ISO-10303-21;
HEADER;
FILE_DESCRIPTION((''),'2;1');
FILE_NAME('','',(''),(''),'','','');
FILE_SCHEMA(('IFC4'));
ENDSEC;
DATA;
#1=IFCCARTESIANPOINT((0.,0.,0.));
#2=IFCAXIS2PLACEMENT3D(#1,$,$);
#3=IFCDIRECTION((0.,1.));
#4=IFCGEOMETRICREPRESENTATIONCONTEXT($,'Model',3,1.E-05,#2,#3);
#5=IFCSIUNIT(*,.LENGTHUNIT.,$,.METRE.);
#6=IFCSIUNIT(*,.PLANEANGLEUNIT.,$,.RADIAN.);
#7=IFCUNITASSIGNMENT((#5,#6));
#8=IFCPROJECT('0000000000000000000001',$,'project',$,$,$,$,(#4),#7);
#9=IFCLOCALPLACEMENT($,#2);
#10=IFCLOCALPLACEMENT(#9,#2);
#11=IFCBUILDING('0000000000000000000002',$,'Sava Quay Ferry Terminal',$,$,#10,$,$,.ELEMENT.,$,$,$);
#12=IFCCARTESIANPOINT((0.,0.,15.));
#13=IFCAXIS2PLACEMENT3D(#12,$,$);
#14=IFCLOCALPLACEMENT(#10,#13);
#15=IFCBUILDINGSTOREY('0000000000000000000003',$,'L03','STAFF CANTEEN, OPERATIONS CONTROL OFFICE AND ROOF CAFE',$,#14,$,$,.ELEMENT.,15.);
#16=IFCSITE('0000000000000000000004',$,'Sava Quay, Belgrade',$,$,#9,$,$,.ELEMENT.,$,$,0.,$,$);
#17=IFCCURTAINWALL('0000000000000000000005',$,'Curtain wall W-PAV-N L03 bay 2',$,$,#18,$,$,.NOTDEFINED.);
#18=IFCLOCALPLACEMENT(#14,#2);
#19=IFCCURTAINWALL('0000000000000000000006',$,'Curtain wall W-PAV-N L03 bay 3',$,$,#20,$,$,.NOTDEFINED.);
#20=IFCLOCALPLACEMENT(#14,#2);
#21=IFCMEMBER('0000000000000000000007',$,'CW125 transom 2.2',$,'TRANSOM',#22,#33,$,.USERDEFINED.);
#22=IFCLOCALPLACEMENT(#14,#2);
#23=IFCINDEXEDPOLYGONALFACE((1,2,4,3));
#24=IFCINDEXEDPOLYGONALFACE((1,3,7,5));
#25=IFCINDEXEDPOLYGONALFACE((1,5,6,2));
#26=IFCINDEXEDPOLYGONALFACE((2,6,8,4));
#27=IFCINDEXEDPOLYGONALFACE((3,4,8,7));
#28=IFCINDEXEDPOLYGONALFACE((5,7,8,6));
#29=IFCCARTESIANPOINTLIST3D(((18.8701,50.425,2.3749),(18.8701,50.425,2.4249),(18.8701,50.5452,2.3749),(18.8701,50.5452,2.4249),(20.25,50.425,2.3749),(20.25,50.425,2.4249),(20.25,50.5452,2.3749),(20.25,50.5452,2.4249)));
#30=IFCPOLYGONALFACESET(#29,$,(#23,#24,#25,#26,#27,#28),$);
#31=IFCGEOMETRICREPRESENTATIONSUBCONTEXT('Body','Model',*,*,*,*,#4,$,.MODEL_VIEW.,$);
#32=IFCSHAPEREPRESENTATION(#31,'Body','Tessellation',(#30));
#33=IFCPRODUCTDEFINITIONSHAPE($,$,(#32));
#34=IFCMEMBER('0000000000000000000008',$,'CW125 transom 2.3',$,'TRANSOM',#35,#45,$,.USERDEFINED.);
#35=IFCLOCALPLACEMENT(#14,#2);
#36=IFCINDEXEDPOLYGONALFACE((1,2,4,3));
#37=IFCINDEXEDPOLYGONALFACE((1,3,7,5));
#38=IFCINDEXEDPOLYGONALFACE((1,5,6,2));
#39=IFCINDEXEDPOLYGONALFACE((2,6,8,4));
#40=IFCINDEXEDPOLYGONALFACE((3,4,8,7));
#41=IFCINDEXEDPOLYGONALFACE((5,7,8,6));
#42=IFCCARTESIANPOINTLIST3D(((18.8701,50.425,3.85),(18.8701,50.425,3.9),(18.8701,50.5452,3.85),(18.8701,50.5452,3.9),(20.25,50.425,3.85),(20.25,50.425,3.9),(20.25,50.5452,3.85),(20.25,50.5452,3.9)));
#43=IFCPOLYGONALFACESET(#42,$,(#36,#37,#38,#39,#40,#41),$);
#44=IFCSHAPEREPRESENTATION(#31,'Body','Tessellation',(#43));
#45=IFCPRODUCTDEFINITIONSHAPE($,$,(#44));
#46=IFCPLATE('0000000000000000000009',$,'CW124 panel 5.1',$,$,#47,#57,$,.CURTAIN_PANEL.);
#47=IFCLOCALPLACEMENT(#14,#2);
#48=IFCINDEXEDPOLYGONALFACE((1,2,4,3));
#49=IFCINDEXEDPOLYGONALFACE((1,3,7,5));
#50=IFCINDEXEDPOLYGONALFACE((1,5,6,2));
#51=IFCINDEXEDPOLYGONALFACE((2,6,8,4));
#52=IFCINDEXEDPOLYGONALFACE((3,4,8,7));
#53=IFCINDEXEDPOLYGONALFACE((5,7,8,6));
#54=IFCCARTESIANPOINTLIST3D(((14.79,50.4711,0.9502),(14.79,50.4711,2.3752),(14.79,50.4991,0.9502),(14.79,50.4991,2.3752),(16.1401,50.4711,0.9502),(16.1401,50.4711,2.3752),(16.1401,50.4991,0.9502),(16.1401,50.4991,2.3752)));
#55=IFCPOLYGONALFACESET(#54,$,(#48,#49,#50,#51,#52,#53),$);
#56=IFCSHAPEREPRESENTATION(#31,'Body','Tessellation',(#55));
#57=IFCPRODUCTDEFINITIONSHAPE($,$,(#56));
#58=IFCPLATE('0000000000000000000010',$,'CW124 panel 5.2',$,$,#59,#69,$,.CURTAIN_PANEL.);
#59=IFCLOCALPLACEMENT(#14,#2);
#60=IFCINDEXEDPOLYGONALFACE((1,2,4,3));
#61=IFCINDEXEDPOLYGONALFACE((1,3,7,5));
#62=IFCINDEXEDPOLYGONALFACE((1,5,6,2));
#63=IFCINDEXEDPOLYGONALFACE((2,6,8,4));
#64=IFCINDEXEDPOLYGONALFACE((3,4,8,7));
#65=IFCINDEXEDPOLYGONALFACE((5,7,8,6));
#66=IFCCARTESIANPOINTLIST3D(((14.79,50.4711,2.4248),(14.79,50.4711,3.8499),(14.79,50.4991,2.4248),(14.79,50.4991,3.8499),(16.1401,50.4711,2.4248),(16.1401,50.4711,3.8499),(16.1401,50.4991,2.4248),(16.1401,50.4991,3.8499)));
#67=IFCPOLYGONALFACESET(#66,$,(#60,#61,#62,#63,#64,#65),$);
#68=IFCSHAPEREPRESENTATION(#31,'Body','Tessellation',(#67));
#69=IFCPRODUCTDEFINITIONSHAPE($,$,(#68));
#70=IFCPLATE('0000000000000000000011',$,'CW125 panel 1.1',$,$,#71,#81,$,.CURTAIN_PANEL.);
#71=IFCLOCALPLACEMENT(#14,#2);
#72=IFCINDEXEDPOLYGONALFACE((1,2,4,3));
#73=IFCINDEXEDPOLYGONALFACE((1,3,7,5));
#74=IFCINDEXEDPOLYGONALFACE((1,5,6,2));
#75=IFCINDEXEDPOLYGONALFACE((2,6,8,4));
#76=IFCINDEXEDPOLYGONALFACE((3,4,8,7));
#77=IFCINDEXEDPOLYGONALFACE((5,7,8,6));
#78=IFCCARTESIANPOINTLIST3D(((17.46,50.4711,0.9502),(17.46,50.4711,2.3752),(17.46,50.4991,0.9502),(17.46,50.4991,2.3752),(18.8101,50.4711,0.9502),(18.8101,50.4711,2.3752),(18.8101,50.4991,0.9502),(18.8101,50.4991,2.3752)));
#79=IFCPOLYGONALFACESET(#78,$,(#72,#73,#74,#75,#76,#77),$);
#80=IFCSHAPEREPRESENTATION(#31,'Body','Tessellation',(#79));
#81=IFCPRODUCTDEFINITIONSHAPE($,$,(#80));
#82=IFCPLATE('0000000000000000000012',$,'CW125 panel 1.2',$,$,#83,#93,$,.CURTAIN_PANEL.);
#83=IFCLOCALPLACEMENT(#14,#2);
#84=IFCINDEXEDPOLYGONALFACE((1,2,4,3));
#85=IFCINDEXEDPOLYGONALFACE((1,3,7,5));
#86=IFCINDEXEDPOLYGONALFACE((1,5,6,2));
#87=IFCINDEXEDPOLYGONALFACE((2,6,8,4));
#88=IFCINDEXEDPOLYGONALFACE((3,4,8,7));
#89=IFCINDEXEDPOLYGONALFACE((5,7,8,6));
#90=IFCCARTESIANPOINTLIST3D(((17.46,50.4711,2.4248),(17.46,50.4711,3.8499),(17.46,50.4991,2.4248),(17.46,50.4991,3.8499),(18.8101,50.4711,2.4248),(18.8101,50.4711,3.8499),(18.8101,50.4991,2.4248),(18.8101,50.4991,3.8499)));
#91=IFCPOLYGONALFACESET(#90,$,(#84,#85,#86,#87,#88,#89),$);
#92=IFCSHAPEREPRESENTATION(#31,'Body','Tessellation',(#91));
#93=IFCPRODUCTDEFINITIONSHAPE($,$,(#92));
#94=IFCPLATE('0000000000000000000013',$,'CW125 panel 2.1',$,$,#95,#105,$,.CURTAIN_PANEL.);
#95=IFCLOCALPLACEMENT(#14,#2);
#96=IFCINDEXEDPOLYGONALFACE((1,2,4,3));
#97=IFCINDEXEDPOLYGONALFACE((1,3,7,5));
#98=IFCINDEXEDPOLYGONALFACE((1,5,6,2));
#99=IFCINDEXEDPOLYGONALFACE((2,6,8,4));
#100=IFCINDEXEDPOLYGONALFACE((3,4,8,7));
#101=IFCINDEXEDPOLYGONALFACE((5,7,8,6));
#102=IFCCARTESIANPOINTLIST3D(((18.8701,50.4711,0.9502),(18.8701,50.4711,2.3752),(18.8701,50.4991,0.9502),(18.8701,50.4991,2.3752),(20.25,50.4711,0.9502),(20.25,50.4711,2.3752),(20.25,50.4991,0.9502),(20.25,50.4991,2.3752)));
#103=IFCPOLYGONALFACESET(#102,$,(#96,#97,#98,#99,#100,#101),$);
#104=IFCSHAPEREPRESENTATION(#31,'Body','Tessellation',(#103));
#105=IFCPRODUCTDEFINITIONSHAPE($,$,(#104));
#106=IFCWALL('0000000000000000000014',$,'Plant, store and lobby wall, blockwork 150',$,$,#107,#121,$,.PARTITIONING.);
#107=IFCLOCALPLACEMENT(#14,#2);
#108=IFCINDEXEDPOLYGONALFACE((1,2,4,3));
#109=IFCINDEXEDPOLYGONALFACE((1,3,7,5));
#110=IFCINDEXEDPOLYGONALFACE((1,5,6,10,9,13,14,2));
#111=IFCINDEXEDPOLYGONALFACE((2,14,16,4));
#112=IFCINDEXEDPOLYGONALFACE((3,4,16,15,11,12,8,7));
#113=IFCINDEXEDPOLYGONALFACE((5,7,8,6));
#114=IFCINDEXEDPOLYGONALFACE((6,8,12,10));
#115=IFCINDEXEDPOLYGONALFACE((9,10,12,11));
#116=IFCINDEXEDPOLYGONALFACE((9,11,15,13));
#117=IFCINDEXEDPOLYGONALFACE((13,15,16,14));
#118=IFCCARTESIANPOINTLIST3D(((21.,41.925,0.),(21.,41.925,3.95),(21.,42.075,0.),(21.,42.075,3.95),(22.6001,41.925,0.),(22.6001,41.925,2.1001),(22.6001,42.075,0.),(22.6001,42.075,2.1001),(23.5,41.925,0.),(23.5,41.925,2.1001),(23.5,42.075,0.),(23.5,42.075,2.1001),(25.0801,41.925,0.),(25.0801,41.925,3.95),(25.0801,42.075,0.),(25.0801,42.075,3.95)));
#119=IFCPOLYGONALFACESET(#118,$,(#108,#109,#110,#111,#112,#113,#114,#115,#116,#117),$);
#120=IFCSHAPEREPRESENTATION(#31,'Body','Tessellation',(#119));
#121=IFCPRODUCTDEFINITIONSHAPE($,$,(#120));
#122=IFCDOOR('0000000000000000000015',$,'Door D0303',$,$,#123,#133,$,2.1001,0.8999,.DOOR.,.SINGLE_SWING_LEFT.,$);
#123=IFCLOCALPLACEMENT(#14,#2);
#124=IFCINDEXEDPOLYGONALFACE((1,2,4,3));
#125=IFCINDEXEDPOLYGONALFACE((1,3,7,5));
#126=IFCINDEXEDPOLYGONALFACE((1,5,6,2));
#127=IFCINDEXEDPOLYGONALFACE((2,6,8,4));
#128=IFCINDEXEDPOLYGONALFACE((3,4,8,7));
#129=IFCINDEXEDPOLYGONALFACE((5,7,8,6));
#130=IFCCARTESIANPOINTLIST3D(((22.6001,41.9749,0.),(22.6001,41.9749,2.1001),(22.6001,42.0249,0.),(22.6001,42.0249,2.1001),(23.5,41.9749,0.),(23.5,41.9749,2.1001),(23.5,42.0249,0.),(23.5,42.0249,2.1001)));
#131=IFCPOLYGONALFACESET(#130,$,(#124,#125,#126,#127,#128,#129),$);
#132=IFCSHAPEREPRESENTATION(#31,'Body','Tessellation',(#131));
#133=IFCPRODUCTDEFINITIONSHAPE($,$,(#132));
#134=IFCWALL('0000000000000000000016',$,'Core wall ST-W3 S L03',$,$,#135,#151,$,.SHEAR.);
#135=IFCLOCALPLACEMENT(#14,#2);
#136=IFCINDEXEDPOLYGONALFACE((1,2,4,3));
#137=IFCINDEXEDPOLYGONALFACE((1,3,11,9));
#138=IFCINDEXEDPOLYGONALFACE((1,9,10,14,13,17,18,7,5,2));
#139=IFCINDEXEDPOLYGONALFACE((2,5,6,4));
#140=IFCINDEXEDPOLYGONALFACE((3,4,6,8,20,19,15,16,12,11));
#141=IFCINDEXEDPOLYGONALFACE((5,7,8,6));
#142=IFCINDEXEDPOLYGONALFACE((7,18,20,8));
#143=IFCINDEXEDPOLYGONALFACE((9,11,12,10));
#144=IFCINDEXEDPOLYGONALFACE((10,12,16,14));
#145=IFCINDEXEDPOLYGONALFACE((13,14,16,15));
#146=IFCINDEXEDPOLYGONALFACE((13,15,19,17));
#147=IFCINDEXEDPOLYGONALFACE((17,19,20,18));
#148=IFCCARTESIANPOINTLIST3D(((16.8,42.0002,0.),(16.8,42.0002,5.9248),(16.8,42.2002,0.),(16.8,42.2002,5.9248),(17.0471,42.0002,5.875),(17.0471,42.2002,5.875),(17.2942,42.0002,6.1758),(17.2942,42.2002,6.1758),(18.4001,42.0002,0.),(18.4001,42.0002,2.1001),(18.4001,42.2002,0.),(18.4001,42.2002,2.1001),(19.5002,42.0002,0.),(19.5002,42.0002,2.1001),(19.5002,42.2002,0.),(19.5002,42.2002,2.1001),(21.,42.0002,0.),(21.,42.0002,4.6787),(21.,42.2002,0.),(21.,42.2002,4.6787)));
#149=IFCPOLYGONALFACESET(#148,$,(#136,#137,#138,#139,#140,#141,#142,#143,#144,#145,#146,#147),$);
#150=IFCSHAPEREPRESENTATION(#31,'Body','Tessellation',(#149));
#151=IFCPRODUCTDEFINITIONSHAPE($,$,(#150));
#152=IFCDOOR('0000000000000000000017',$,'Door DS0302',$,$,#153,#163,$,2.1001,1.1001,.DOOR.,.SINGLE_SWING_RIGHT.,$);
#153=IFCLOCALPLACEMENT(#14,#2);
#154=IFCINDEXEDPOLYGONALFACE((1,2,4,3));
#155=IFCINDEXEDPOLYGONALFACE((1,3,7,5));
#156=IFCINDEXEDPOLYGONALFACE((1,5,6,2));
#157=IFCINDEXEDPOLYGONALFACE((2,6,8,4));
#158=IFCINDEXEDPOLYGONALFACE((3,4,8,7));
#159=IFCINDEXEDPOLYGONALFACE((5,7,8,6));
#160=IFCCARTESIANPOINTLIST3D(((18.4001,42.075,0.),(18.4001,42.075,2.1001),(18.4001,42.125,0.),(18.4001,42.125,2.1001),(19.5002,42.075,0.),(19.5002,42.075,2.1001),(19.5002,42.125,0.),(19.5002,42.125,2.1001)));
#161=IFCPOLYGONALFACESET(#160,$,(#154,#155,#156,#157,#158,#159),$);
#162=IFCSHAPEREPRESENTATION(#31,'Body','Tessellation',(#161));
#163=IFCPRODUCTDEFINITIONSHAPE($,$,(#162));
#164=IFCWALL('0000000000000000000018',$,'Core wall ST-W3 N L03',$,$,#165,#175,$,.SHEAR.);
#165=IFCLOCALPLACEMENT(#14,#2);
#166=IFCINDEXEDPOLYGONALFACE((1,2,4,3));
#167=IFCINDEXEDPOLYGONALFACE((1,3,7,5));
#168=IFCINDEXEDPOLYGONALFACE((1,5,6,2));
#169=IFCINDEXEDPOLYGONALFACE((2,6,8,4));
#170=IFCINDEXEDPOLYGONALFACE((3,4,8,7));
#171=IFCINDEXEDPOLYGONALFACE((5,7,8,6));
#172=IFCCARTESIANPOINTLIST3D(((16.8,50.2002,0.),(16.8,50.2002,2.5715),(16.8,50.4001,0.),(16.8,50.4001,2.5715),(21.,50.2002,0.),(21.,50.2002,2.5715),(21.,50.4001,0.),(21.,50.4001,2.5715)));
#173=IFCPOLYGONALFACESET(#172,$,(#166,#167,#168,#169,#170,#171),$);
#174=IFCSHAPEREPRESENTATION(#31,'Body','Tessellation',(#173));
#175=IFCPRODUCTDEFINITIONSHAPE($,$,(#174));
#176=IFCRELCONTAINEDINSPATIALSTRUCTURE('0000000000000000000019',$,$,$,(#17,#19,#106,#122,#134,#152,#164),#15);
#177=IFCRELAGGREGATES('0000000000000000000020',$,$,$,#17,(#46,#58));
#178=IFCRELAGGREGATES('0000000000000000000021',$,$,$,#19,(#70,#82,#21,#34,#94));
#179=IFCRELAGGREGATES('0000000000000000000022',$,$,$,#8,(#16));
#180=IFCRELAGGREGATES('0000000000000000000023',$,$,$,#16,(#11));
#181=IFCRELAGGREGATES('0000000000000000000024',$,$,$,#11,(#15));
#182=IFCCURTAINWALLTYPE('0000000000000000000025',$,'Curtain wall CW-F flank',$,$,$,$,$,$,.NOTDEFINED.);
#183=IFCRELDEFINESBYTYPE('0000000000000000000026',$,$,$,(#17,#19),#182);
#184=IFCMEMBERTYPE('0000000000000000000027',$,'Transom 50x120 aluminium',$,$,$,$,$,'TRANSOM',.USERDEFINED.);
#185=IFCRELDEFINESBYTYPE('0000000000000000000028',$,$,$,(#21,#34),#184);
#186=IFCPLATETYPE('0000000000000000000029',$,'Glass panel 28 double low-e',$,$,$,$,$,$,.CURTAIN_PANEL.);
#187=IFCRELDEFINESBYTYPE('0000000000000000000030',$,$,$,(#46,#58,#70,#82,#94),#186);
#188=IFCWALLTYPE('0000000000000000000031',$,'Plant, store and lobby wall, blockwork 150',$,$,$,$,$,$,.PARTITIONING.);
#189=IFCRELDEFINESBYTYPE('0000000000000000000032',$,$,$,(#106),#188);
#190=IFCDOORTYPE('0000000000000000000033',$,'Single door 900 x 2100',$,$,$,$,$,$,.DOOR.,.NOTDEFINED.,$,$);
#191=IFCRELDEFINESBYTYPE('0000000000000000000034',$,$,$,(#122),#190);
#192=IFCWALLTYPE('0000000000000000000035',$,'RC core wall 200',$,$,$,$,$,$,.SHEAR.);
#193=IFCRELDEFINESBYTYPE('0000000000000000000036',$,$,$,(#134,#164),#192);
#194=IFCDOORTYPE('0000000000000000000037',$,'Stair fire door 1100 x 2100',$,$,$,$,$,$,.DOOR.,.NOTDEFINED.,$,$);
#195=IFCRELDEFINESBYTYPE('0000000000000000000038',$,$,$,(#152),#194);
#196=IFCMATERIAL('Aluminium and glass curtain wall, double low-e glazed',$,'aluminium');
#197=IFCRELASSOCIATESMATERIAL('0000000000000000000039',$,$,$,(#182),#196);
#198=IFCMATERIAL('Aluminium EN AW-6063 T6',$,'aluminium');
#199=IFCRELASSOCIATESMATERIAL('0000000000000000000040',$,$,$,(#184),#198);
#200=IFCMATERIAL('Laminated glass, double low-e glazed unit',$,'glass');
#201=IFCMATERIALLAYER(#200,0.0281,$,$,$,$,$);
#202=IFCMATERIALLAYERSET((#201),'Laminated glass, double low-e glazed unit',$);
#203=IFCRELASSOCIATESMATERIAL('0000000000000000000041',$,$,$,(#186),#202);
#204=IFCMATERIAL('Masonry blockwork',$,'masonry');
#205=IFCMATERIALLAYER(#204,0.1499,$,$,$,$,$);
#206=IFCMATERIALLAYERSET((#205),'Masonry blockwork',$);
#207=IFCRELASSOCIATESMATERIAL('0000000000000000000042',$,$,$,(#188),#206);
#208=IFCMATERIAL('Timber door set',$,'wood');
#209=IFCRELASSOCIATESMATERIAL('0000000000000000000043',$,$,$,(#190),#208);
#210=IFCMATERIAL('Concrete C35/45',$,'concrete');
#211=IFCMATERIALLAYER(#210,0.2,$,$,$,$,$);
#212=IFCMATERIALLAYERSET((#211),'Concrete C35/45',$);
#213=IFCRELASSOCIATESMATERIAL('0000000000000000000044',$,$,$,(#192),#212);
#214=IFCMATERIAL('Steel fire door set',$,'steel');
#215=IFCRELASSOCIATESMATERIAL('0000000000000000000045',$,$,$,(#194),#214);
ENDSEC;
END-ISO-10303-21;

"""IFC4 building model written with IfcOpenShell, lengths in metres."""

from ifc_helpers import new_model, si_unit, direction, frame, frame_2d, origin, origin_2d, place, context, subcontext, project, spatial, polyline, rectangle, outline, extrude, material, layer, layer_set, material_profile, profile_set, type_object, element, fill, aggregate, save


model = new_model("IFC4")

# Units and contexts
model_context = context("Model", 3, precision=1e-05, world=origin(), true_north=direction((0.0, 1.0)))
body_context = subcontext(model_context, "Body", "Model", "MODEL_VIEW")
ifc_project = project(units=[si_unit("LENGTHUNIT", "METRE"), si_unit("PLANEANGLEUNIT", "RADIAN")], contexts=[model_context])

# Site, building, storey
site_placement = place(None, origin())
site = spatial("IfcSite", under=ifc_project, at=site_placement, Name="Sava Quay, Belgrade", CompositionType="ELEMENT", RefElevation=0.0)
building_placement = place(site_placement, origin())
building = spatial("IfcBuilding", under=site, at=building_placement, Name="Sava Quay Ferry Terminal", CompositionType="ELEMENT")
storey_placement = place(building_placement, frame((0.0, 0.0, 15.0)))
storey = spatial("IfcBuildingStorey", under=building, at=storey_placement, Name="L03", Description="STAFF CANTEEN, OPERATIONS CONTROL OFFICE AND ROOF CAFE", CompositionType="ELEMENT", Elevation=15.0)

# Curtain walls
ifc_material_1 = material(Name="Aluminium and glass curtain wall, double low-e glazed", Category="aluminium")
curtain_wall_type = type_object("IfcCurtainWallType", Name="Curtain wall CW-F flank", PredefinedType="NOTDEFINED", material=ifc_material_1)
curtain_wall_1_placement = place(storey_placement, origin())
curtain_wall_1 = element("IfcCurtainWall", 1, at=curtain_wall_1_placement, inside=storey, type_object=curtain_wall_type, Name="Curtain wall W-PAV-N L03 bay 2", PredefinedType="NOTDEFINED")
curtain_wall_2_placement = place(storey_placement, origin())
curtain_wall_2 = element("IfcCurtainWall", 2, at=curtain_wall_2_placement, inside=storey, type_object=curtain_wall_type, Name="Curtain wall W-PAV-N L03 bay 3", PredefinedType="NOTDEFINED")

# Members
ifc_material_2 = material(Name="Aluminium EN AW-6063 T6", Category="aluminium")
ifc_material_profile_1 = material_profile(ifc_material_2, rectangle(XDim=0.1201, YDim=0.05, at=origin_2d()), Name="Transom 50x120 aluminium")
ifc_profile_set_1 = profile_set([ifc_material_profile_1], Name="Aluminium EN AW-6063 T6")
member_type_1 = type_object("IfcMemberType", Name="Transom 50x120 aluminium", ElementType="TRANSOM", PredefinedType="USERDEFINED", material=ifc_profile_set_1)
member_1_placement = place(storey_placement, frame((18.8701, 50.4851, 2.3999), z_axis=(1.0, 0.0, 0.0), x_axis=(0.0, 1.0, 0.0)))
member_1 = element("IfcMember", 3, at=member_1_placement, type_object=member_type_1, Name="CW125 transom 2.2", ObjectType="TRANSOM", PredefinedType="USERDEFINED", context=body_context, shape_type="SweptSolid", body=[
    extrude(rectangle(XDim=0.1201, YDim=0.05, at=origin_2d()), origin(), (0.0, 0.0, 1.0), 1.3799),
])
member_2_placement = place(storey_placement, frame((18.8701, 50.4851, 3.875), z_axis=(1.0, 0.0, 0.0), x_axis=(0.0, 1.0, 0.0)))
member_2 = element("IfcMember", 4, at=member_2_placement, type_object=member_type_1, Name="CW125 transom 2.3", ObjectType="TRANSOM", PredefinedType="USERDEFINED", context=body_context, shape_type="SweptSolid", body=[
    extrude(rectangle(XDim=0.1201, YDim=0.05, at=origin_2d()), origin(), (0.0, 0.0, 1.0), 1.3799),
])

# Plates
ifc_material_3 = material(Name="Laminated glass, double low-e glazed unit", Category="glass")
ifc_layer_1 = layer(ifc_material_3, 0.0281)
ifc_layer_set_1 = layer_set([ifc_layer_1], Name="Laminated glass, double low-e glazed unit")
plate_type = type_object("IfcPlateType", Name="Glass panel 28 double low-e", PredefinedType="CURTAIN_PANEL", material=ifc_layer_set_1)
plate_1_placement = place(storey_placement, frame((15.4651, 50.4851, 0.9502), z_axis=(0.0, 0.0, 1.0), x_axis=(1.0, 0.0, 0.0)))
plate_1 = element("IfcPlate", 5, at=plate_1_placement, type_object=plate_type, Name="CW124 panel 5.1", PredefinedType="CURTAIN_PANEL", context=body_context, shape_type="SweptSolid", body=[
    extrude(rectangle(XDim=1.3501, YDim=0.0281, at=origin_2d()), origin(), (0.0, 0.0, 1.0), 1.425),
])
plate_2_placement = place(storey_placement, frame((15.4651, 50.4851, 2.4248), z_axis=(0.0, 0.0, 1.0), x_axis=(1.0, 0.0, 0.0)))
plate_2 = element("IfcPlate", 6, at=plate_2_placement, type_object=plate_type, Name="CW124 panel 5.2", PredefinedType="CURTAIN_PANEL", context=body_context, shape_type="SweptSolid", body=[
    extrude(rectangle(XDim=1.3501, YDim=0.0281, at=origin_2d()), origin(), (0.0, 0.0, 1.0), 1.425),
])
aggregate(curtain_wall_1, [plate_1, plate_2])
plate_3_placement = place(storey_placement, frame((18.135, 50.4851, 0.9502), z_axis=(0.0, 0.0, 1.0), x_axis=(1.0, 0.0, 0.0)))
plate_3 = element("IfcPlate", 7, at=plate_3_placement, type_object=plate_type, Name="CW125 panel 1.1", PredefinedType="CURTAIN_PANEL", context=body_context, shape_type="SweptSolid", body=[
    extrude(rectangle(XDim=1.3501, YDim=0.0281, at=origin_2d()), origin(), (0.0, 0.0, 1.0), 1.425),
])
plate_4_placement = place(storey_placement, frame((18.135, 50.4851, 2.4248), z_axis=(0.0, 0.0, 1.0), x_axis=(1.0, 0.0, 0.0)))
plate_4 = element("IfcPlate", 8, at=plate_4_placement, type_object=plate_type, Name="CW125 panel 1.2", PredefinedType="CURTAIN_PANEL", context=body_context, shape_type="SweptSolid", body=[
    extrude(rectangle(XDim=1.3501, YDim=0.0281, at=origin_2d()), origin(), (0.0, 0.0, 1.0), 1.425),
])
plate_5_placement = place(storey_placement, frame((19.5601, 50.4851, 0.9502), z_axis=(0.0, 0.0, 1.0), x_axis=(1.0, 0.0, 0.0)))
plate_5 = element("IfcPlate", 9, at=plate_5_placement, type_object=plate_type, Name="CW125 panel 2.1", PredefinedType="CURTAIN_PANEL", context=body_context, shape_type="SweptSolid", body=[
    extrude(rectangle(XDim=1.3799, YDim=0.0281, at=origin_2d()), origin(), (0.0, 0.0, 1.0), 1.425),
])
aggregate(curtain_wall_2, [plate_3, plate_4, member_1, member_2, plate_5])

# Walls, openings, doors
ifc_material_4 = material(Name="Masonry blockwork", Category="masonry")
ifc_layer_2 = layer(ifc_material_4, 0.1499)
ifc_layer_set_2 = layer_set([ifc_layer_2], Name="Masonry blockwork")
wall_type_1 = type_object("IfcWallType", Name="Plant, store and lobby wall, blockwork 150", PredefinedType="PARTITIONING", material=ifc_layer_set_2)
wall_1_placement = place(storey_placement, frame((21.0, 42.0, 0.0), z_axis=(0.0, 0.0, 1.0), x_axis=(1.0, 0.0, 0.0)))
wall_1 = element("IfcWall", 10, at=wall_1_placement, inside=storey, type_object=wall_type_1, Name="Plant, store and lobby wall, blockwork 150", PredefinedType="PARTITIONING", context=body_context, shape_type="SweptSolid", body=[
    extrude(rectangle(XDim=4.0801, YDim=0.1499, at=frame_2d((2.04, 0.0))), origin(), (0.0, 0.0, 1.0), 3.95),
])
opening_1_placement = place(wall_1_placement, frame((1.6001, 0.0, 0.0)))
opening_1 = element("IfcOpeningElement", 11, at=opening_1_placement, cuts=wall_1, PredefinedType="OPENING", context=body_context, shape_type="SweptSolid", body=[
    extrude(rectangle(XDim=0.8999, YDim=2.1001, at=frame_2d((0.45, 1.05))), frame((0.0, 0.075, 0.0), z_axis=(0.0, -1.0, 0.0), x_axis=(1.0, 0.0, 0.0)), (0.0, 0.0, 1.0), 0.1499),
])
ifc_material_5 = material(Name="Timber door set", Category="wood")
door_type_1 = type_object("IfcDoorType", Name="Single door 900 x 2100", OperationType="NOTDEFINED", PredefinedType="DOOR", material=ifc_material_5)
door_1_placement = place(opening_1_placement, origin())
door_1 = element("IfcDoor", 12, at=door_1_placement, inside=storey, type_object=door_type_1, Name="Door D0303", OperationType="SINGLE_SWING_LEFT", OverallHeight=2.1001, OverallWidth=0.8999, PredefinedType="DOOR", context=body_context, shape_type="SweptSolid", body=[
    extrude(rectangle(XDim=0.8999, YDim=2.1001, at=frame_2d((0.45, 1.05))), frame((0.0, 0.0249, 0.0), z_axis=(0.0, -1.0, 0.0), x_axis=(1.0, 0.0, 0.0)), (0.0, 0.0, 1.0), 0.05),
])
fill(opening_1, door_1)
ifc_material_6 = material(Name="Concrete C35/45", Category="concrete")
ifc_layer_3 = layer(ifc_material_6, 0.2)
ifc_layer_set_3 = layer_set([ifc_layer_3], Name="Concrete C35/45")
wall_type_2 = type_object("IfcWallType", Name="RC core wall 200", PredefinedType="SHEAR", material=ifc_layer_set_3)
wall_2_placement = place(storey_placement, frame((16.8, 42.1001, 0.0), z_axis=(0.0, 0.0, 1.0), x_axis=(1.0, 0.0, 0.0)))
wall_2 = element("IfcWall", 13, at=wall_2_placement, inside=storey, type_object=wall_type_2, Name="Core wall ST-W3 S L03", PredefinedType="SHEAR", context=body_context, shape_type="SweptSolid", body=[
    extrude(outline(polyline([(0.0, 0.0), (4.2, 0.0), (4.2, 4.6787), (0.4941, 6.1758), (0.2471, 5.875), (0.0, 5.9248), (0.0, 0.0)])), frame((0.0, 0.1001, 0.0), z_axis=(0.0, -1.0, 0.0), x_axis=(1.0, 0.0, 0.0)), (0.0, 0.0, 1.0), 0.2),
])
opening_2_placement = place(wall_2_placement, frame((1.6001, 0.0, 0.0)))
opening_2 = element("IfcOpeningElement", 14, at=opening_2_placement, cuts=wall_2, PredefinedType="OPENING", context=body_context, shape_type="SweptSolid", body=[
    extrude(rectangle(XDim=1.1001, YDim=2.1001, at=frame_2d((0.55, 1.05))), frame((0.0, 0.1001, 0.0), z_axis=(0.0, -1.0, 0.0), x_axis=(1.0, 0.0, 0.0)), (0.0, 0.0, 1.0), 0.2),
])
ifc_material_7 = material(Name="Steel fire door set", Category="steel")
door_type_2 = type_object("IfcDoorType", Name="Stair fire door 1100 x 2100", OperationType="NOTDEFINED", PredefinedType="DOOR", material=ifc_material_7)
door_2_placement = place(opening_2_placement, origin())
door_2 = element("IfcDoor", 15, at=door_2_placement, inside=storey, type_object=door_type_2, Name="Door DS0302", OperationType="SINGLE_SWING_RIGHT", OverallHeight=2.1001, OverallWidth=1.1001, PredefinedType="DOOR", context=body_context, shape_type="SweptSolid", body=[
    extrude(rectangle(XDim=1.1001, YDim=2.1001, at=frame_2d((0.55, 1.05))), frame((0.0, 0.0249, 0.0), z_axis=(0.0, -1.0, 0.0), x_axis=(1.0, 0.0, 0.0)), (0.0, 0.0, 1.0), 0.05),
])
fill(opening_2, door_2)

# Wall
wall_3_placement = place(storey_placement, frame((16.8, 50.3, 0.0), z_axis=(0.0, 0.0, 1.0), x_axis=(1.0, 0.0, 0.0)))
element("IfcWall", 16, at=wall_3_placement, inside=storey, type_object=wall_type_2, Name="Core wall ST-W3 N L03", PredefinedType="SHEAR", context=body_context, shape_type="SweptSolid", body=[
    extrude(outline(polyline([(0.0, 0.0), (4.2, 0.0), (4.2, 2.5715), (0.0, 2.5715), (0.0, 0.0)])), frame((0.0, 0.1001, 0.0), z_axis=(0.0, -1.0, 0.0), x_axis=(1.0, 0.0, 0.0)), (0.0, 0.0, 1.0), 0.2),
])

save(model, "model.ifc")
